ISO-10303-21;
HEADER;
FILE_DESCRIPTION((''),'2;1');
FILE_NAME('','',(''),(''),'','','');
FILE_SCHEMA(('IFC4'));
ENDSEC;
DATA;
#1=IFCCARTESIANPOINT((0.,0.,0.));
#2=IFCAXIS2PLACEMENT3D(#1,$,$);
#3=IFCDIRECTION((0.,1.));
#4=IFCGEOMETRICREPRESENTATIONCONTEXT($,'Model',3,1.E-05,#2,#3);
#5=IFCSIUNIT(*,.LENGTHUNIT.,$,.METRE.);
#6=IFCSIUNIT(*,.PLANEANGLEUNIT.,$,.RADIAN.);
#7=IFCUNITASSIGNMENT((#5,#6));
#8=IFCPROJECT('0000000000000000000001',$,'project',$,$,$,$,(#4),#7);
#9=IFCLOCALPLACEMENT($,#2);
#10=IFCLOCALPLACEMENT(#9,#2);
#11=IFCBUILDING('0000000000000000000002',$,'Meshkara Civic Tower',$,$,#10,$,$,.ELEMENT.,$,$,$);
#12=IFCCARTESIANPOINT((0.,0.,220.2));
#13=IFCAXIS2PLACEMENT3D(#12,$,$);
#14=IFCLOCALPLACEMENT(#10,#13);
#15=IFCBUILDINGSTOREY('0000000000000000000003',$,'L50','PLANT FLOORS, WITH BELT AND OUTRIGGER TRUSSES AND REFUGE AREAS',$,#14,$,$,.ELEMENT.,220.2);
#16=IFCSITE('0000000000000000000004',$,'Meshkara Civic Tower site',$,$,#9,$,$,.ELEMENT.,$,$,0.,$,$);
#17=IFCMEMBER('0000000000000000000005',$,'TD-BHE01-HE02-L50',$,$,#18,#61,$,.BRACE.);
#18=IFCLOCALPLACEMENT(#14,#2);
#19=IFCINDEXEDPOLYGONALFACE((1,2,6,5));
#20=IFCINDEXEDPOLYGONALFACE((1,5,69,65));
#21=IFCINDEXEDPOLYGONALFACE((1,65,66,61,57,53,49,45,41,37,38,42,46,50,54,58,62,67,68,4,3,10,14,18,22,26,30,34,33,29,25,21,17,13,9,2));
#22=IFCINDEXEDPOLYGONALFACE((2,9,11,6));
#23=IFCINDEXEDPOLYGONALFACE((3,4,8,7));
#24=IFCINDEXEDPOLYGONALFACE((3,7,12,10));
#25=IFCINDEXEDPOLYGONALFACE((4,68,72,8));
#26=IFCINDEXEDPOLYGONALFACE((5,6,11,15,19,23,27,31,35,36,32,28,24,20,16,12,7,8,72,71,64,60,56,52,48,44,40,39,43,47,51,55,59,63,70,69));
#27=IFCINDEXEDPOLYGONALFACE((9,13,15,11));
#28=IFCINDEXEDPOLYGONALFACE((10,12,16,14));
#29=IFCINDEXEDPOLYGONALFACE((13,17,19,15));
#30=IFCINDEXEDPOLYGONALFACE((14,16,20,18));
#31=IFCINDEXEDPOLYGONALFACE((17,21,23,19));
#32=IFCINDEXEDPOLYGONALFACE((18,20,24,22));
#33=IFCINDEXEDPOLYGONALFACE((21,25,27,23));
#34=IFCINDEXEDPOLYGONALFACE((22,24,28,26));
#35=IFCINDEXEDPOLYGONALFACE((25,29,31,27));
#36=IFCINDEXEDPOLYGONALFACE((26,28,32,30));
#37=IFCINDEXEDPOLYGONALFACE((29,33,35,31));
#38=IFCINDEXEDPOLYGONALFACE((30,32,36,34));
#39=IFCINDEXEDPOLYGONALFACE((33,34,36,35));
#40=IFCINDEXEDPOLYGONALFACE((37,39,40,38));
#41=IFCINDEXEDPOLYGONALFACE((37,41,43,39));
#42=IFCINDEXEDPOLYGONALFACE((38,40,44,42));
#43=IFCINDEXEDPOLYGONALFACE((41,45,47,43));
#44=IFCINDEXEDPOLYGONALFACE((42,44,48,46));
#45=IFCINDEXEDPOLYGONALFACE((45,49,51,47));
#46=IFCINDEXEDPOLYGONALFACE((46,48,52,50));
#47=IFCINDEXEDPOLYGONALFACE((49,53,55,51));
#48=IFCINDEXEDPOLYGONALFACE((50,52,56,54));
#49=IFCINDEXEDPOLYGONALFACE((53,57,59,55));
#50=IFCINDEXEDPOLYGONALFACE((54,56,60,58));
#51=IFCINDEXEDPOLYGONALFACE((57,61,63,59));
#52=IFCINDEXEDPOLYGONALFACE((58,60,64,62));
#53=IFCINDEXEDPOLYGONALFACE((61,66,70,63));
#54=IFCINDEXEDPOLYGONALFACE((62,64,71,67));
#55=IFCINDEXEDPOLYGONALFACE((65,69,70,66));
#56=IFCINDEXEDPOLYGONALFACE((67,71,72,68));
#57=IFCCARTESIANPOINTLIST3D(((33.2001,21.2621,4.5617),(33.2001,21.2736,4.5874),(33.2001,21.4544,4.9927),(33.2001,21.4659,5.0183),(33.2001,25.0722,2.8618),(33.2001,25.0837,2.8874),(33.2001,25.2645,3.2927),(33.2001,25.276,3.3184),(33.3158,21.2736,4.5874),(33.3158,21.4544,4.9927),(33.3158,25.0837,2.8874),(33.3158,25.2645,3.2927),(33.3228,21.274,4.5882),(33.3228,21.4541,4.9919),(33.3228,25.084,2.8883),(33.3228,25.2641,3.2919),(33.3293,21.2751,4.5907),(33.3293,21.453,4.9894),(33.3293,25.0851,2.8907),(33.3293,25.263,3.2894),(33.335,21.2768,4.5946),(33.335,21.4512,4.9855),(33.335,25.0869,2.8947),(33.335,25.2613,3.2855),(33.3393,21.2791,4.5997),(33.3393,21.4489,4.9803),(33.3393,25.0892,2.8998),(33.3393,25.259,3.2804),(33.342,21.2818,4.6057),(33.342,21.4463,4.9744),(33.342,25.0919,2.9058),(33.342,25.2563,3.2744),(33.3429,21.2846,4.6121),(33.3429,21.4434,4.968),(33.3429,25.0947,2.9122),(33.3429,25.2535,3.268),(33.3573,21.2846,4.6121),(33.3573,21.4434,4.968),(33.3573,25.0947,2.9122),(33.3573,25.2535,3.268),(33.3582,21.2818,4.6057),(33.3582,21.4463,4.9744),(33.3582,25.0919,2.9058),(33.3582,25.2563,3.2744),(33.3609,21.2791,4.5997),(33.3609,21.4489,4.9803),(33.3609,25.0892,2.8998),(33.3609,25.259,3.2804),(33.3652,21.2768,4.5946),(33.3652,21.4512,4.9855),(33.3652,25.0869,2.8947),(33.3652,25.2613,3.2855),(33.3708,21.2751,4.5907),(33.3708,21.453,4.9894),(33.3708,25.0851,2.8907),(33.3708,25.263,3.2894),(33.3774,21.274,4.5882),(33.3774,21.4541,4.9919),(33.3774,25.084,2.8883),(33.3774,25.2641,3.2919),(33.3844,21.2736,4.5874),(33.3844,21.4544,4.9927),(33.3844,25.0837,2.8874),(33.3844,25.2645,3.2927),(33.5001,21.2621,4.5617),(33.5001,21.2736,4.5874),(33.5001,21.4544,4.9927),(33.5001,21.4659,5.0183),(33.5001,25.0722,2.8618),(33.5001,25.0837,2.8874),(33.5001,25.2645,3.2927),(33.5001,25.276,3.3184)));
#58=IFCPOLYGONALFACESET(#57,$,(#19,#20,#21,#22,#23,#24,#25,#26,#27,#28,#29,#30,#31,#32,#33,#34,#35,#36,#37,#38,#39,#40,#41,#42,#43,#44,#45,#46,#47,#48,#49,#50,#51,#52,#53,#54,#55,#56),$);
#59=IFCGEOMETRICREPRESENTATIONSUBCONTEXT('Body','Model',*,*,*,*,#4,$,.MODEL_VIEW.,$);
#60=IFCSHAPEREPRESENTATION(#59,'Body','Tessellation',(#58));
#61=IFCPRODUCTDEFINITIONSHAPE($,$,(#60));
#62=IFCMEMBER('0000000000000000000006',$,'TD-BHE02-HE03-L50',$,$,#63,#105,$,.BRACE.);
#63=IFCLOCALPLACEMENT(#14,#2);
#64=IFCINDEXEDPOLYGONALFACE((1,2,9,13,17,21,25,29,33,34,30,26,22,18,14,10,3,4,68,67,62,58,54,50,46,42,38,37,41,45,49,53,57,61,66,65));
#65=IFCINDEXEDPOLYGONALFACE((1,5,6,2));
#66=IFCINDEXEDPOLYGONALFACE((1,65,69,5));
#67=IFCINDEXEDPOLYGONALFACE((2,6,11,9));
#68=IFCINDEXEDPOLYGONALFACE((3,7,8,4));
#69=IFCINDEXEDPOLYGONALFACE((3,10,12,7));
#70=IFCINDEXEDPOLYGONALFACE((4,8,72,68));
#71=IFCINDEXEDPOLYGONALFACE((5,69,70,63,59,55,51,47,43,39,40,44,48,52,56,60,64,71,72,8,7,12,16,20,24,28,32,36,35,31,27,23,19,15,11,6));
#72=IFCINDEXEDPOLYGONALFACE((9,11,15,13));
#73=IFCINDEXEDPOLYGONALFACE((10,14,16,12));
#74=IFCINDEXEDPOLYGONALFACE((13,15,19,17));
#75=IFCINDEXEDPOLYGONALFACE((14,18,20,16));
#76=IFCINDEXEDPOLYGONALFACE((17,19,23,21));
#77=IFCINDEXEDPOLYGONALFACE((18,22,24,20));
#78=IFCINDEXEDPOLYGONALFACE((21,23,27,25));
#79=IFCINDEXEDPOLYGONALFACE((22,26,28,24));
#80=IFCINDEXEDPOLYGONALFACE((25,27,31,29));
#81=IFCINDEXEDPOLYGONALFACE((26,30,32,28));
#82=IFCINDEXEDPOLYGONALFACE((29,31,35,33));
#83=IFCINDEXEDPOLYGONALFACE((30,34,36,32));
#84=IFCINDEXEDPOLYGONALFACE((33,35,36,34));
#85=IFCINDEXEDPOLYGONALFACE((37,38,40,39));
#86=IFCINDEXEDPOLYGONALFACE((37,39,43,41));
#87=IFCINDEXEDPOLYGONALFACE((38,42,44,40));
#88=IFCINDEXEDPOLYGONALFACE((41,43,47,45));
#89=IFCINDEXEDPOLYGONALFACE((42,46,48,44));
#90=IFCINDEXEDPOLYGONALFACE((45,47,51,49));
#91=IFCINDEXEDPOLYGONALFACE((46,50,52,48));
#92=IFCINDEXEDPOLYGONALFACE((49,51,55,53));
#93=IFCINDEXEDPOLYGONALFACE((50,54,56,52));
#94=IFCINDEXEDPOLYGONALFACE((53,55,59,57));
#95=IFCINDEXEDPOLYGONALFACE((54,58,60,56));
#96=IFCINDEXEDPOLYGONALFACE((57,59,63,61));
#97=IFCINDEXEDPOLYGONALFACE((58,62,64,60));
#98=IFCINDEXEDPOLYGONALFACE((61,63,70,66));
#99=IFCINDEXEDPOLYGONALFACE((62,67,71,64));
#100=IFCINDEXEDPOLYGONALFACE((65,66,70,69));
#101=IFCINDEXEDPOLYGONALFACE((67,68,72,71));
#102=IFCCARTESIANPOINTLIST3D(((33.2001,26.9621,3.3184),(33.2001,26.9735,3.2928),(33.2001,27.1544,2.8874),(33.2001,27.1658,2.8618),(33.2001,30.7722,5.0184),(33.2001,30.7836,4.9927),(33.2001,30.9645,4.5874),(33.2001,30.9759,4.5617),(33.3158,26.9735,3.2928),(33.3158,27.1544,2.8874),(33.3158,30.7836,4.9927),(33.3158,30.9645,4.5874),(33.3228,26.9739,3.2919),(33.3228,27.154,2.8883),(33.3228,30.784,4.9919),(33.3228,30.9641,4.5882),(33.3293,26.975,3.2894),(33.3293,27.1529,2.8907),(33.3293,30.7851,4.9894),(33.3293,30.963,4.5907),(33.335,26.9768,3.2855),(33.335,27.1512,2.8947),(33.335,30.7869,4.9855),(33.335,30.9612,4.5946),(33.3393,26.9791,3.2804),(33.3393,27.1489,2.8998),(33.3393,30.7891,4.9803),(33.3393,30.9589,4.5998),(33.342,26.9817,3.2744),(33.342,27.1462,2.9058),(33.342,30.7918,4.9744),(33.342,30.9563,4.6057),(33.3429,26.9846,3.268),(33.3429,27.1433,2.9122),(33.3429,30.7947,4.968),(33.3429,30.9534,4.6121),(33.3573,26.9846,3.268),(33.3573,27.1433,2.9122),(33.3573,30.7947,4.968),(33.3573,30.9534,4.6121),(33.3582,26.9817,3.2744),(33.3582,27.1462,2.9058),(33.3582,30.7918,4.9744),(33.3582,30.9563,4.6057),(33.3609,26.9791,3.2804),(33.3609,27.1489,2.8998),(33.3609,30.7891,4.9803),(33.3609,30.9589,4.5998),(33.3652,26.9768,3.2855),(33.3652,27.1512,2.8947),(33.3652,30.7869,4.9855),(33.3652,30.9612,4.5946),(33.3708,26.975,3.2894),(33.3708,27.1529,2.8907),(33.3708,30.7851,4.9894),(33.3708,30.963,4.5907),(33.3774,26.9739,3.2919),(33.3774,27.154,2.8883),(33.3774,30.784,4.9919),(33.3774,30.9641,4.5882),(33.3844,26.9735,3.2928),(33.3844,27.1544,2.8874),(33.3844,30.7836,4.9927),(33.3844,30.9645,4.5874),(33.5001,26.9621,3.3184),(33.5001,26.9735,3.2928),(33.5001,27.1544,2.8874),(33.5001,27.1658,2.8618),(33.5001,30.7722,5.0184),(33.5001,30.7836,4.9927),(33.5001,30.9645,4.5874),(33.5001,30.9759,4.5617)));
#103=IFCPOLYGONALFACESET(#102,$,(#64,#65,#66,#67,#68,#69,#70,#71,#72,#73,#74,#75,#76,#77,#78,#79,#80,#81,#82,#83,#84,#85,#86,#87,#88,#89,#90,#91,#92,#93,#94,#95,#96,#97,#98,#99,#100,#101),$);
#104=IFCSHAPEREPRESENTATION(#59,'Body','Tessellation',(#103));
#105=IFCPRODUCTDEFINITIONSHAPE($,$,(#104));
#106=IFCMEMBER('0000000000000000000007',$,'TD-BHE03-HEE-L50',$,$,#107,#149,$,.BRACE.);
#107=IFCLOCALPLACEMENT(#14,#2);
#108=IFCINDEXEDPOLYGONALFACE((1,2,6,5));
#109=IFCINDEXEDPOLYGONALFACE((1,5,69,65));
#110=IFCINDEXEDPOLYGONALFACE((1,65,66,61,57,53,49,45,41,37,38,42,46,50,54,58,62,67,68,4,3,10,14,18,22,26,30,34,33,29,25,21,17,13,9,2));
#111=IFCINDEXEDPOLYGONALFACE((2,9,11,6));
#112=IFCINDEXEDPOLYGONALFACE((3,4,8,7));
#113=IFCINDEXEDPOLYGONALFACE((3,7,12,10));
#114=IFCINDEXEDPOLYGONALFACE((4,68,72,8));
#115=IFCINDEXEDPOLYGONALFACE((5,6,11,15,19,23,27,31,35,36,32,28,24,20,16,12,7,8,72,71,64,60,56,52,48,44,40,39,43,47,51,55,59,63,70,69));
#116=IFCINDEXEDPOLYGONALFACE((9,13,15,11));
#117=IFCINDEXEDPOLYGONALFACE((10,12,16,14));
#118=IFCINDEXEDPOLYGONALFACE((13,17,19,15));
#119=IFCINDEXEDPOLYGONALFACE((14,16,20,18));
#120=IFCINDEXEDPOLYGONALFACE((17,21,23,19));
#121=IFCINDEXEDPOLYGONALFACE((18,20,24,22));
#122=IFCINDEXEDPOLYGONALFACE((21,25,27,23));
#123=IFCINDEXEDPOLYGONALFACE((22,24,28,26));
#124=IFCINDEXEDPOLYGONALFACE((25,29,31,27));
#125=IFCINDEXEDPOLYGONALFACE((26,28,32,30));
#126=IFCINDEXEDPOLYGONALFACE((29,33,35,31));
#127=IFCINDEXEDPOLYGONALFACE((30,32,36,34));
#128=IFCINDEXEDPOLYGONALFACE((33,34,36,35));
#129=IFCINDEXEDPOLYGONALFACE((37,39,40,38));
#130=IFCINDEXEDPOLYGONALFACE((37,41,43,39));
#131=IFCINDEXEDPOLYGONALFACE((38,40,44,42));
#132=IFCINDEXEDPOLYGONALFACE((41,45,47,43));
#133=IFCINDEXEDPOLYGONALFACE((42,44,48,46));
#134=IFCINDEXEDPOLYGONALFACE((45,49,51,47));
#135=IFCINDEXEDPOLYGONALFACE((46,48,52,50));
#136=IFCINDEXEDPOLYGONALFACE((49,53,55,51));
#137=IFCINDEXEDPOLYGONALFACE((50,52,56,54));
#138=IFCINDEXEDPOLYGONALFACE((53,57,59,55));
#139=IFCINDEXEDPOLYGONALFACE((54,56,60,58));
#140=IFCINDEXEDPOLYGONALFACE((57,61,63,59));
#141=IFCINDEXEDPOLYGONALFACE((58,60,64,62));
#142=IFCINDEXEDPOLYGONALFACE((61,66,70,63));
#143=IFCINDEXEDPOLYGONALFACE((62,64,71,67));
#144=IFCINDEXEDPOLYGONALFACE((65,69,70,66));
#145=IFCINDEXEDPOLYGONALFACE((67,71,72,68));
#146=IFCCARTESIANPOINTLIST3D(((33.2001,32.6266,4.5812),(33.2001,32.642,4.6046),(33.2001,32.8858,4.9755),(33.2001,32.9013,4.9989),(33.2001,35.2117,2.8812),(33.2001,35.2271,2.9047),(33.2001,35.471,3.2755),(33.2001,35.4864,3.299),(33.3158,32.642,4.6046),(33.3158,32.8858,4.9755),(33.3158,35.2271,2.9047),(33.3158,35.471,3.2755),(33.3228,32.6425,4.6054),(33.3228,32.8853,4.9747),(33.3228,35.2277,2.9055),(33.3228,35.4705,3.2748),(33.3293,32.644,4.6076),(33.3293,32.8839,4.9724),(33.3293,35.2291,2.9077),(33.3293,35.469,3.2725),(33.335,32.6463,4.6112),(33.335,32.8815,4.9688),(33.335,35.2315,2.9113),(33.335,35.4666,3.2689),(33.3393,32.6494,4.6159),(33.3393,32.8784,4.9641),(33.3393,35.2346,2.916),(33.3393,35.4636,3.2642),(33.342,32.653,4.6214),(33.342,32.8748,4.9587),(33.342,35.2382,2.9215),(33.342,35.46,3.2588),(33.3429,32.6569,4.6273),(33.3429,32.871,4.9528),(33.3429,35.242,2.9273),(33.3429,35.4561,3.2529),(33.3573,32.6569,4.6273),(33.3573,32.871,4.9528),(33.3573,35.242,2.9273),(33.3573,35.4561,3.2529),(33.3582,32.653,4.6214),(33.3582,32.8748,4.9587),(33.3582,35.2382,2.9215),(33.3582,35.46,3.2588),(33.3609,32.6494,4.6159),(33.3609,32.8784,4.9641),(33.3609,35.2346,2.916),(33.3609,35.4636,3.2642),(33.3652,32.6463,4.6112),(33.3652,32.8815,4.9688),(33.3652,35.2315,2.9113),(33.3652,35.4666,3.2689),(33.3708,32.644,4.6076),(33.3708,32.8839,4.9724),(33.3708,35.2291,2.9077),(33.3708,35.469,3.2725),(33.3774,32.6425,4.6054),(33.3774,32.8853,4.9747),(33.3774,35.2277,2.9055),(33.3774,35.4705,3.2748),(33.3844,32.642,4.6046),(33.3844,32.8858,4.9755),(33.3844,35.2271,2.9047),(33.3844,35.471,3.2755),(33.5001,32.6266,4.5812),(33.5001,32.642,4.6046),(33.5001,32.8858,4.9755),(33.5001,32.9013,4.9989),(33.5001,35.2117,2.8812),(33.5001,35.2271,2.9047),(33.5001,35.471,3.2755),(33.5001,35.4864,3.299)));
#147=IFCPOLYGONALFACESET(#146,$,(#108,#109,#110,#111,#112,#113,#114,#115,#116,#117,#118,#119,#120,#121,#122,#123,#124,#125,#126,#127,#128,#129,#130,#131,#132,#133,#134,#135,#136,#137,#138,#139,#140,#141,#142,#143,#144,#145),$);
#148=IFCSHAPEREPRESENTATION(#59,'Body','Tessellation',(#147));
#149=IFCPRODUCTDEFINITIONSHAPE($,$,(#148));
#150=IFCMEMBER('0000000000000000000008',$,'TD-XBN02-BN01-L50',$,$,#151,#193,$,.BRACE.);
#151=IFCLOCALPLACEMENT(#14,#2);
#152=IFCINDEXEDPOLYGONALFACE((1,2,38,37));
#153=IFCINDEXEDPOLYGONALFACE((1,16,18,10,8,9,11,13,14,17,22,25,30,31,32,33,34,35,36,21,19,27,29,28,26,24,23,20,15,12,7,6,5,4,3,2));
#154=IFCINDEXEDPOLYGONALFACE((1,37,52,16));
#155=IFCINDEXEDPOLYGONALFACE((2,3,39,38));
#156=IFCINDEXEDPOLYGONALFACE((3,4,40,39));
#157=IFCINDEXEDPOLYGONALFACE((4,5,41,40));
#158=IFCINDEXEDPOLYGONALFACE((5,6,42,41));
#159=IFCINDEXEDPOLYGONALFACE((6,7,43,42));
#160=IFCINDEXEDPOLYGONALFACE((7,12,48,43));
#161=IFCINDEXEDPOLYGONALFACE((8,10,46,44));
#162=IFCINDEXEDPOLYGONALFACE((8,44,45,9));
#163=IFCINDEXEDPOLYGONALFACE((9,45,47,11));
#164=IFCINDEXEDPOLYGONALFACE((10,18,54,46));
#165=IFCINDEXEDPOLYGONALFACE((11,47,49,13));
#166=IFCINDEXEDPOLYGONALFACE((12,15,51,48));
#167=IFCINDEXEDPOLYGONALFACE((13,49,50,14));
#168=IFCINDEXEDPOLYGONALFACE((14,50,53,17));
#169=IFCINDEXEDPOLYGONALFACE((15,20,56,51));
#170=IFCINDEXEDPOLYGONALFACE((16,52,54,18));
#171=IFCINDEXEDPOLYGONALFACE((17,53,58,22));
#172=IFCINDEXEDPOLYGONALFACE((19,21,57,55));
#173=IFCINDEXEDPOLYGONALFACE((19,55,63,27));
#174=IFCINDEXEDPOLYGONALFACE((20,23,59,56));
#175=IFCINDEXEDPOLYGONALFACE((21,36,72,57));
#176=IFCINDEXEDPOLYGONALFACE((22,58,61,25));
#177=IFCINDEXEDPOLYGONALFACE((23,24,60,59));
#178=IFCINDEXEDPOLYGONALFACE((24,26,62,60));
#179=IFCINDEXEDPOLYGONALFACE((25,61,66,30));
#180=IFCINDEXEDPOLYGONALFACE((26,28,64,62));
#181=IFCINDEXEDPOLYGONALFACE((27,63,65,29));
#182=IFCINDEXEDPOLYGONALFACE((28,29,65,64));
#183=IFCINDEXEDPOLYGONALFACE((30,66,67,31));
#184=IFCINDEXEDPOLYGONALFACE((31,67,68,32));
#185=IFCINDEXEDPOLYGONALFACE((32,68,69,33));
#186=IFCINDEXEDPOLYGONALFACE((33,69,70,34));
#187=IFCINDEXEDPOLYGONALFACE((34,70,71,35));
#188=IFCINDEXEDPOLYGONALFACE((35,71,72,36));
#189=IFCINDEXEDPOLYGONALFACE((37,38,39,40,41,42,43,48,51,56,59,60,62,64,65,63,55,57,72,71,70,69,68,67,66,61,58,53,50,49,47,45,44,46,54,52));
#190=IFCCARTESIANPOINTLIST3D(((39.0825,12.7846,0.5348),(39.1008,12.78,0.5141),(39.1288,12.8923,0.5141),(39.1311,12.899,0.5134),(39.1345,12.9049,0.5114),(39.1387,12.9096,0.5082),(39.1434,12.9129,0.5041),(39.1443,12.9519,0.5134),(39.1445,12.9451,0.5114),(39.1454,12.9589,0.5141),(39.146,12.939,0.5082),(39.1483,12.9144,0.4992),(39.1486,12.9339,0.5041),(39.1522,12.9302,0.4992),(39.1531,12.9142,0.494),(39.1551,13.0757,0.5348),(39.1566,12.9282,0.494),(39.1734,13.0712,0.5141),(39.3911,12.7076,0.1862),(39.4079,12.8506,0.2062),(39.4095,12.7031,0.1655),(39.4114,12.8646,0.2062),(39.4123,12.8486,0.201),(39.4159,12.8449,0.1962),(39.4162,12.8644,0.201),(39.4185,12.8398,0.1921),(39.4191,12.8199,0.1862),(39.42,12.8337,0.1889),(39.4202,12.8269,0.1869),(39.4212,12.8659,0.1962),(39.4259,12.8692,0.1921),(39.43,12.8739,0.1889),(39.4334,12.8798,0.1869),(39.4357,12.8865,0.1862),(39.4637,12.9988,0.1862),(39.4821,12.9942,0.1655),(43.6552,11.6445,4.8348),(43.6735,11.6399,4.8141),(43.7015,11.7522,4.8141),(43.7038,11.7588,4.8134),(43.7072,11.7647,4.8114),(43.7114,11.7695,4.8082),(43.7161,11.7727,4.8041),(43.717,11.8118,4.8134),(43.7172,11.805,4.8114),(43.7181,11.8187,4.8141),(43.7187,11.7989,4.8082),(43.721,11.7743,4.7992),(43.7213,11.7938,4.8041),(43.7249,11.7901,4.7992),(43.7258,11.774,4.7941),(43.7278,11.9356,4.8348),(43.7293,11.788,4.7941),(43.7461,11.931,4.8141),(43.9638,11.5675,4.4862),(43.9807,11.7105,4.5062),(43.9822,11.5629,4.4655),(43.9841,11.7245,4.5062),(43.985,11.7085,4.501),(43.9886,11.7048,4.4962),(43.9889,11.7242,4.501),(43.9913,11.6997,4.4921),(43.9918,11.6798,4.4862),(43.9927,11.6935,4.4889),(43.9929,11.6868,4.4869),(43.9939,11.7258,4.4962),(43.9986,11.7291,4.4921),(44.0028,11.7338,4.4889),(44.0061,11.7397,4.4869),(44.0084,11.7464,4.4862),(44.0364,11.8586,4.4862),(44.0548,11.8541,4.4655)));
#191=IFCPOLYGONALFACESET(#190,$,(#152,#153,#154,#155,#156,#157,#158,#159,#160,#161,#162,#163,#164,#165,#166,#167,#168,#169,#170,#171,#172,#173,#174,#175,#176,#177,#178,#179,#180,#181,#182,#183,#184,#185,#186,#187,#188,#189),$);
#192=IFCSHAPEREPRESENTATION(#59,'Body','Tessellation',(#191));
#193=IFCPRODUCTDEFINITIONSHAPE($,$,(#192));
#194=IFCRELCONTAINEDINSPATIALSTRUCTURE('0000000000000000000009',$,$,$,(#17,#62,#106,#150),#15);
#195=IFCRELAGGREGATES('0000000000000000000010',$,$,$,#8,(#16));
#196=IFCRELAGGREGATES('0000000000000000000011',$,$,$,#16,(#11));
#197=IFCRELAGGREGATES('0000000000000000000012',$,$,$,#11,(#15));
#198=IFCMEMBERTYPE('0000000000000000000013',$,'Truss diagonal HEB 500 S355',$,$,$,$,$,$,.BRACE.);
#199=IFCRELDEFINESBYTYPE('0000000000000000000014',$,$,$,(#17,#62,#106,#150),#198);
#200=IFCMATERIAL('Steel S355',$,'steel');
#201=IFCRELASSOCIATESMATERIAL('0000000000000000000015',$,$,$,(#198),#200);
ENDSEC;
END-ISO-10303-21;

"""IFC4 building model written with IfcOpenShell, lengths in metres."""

from ifc_helpers import new_model, si_unit, direction, frame, origin, origin_2d, place, context, subcontext, project, spatial, i_section, extrude, material, material_profile, profile_set, type_object, element, save


model = new_model("IFC4")

# Units and contexts
model_context = context("Model", 3, precision=1e-05, world=origin(), true_north=direction((0.0, 1.0)))
body_context = subcontext(model_context, "Body", "Model", "MODEL_VIEW")
ifc_project = project(units=[si_unit("LENGTHUNIT", "METRE"), si_unit("PLANEANGLEUNIT", "RADIAN")], contexts=[model_context])

# Site, building, storey
site_placement = place(None, origin())
site = spatial("IfcSite", under=ifc_project, at=site_placement, Name="Meshkara Civic Tower site", CompositionType="ELEMENT", RefElevation=0.0)
building_placement = place(site_placement, origin())
building = spatial("IfcBuilding", under=site, at=building_placement, Name="Meshkara Civic Tower", CompositionType="ELEMENT")
storey_placement = place(building_placement, frame((0.0, 0.0, 220.2)))
storey = spatial("IfcBuildingStorey", under=building, at=storey_placement, Name="L50", Description="PLANT FLOORS, WITH BELT AND OUTRIGGER TRUSSES AND REFUGE AREAS", CompositionType="ELEMENT", Elevation=220.2)

# Members
ifc_material_1 = material(Name="Steel S355", Category="steel")
ifc_material_profile_1 = material_profile(ifc_material_1, i_section(OverallWidth=0.3, OverallDepth=0.5, WebThickness=0.0144, FlangeThickness=0.0281, FilletRadius=0.0271, at=origin_2d()))
ifc_profile_set_1 = profile_set([ifc_material_profile_1], Name="Steel S355")
member_type = type_object("IfcMemberType", Name="Truss diagonal HEB 500 S355", PredefinedType="BRACE", material=ifc_profile_set_1)
for number, where, z_axis, x_axis, name in (
    (1, (33.3501, 21.364, 4.79), (0.0, 0.913224, -0.407457), (-1.0, 0.0, 0.0), "TD-BHE01-HE02-L50"),
    (2, (33.3501, 27.064, 3.0901), (0.0, 0.913224, 0.407457), (-1.0, 0.0, 0.0), "TD-BHE02-HE03-L50"),
):
    element("IfcMember", number, at=place(storey_placement, frame(where, z_axis=z_axis, x_axis=x_axis)), inside=storey, type_object=member_type, Name=name, PredefinedType="BRACE", context=body_context, shape_type="SweptSolid", body=[
        extrude(i_section(OverallWidth=0.3, OverallDepth=0.5, WebThickness=0.0144, FlangeThickness=0.0281, FilletRadius=0.0271, at=origin_2d()), origin(), (0.0, 0.0, 1.0), 4.1721),
    ])
member_1_placement = place(storey_placement, frame((33.3501, 32.7639, 4.79), z_axis=(0.0, 0.835542, -0.549427), x_axis=(-1.0, 0.0, 0.0)))
element("IfcMember", 3, at=member_1_placement, inside=storey, type_object=member_type, Name="TD-BHE03-HEE-L50", PredefinedType="BRACE", context=body_context, shape_type="SweptSolid", body=[
    extrude(i_section(OverallWidth=0.3, OverallDepth=0.5, WebThickness=0.0144, FlangeThickness=0.0281, FilletRadius=0.0271, at=origin_2d()), origin(), (0.0, 0.0, 1.0), 3.094),
])
member_2_placement = place(storey_placement, frame((43.855, 11.7493, 4.6501), z_axis=(-0.716768, 0.178714, -0.674022), x_axis=(-0.241926, -0.970295, 0.0)))
element("IfcMember", 4, at=member_2_placement, inside=storey, type_object=member_type, Name="TD-XBN02-BN01-L50", PredefinedType="BRACE", context=body_context, shape_type="SweptSolid", body=[
    extrude(i_section(OverallWidth=0.3, OverallDepth=0.5, WebThickness=0.0144, FlangeThickness=0.0281, FilletRadius=0.0271, at=origin_2d()), origin(), (0.0, 0.0, 1.0), 6.3796),
])

save(model, "model.ifc")
